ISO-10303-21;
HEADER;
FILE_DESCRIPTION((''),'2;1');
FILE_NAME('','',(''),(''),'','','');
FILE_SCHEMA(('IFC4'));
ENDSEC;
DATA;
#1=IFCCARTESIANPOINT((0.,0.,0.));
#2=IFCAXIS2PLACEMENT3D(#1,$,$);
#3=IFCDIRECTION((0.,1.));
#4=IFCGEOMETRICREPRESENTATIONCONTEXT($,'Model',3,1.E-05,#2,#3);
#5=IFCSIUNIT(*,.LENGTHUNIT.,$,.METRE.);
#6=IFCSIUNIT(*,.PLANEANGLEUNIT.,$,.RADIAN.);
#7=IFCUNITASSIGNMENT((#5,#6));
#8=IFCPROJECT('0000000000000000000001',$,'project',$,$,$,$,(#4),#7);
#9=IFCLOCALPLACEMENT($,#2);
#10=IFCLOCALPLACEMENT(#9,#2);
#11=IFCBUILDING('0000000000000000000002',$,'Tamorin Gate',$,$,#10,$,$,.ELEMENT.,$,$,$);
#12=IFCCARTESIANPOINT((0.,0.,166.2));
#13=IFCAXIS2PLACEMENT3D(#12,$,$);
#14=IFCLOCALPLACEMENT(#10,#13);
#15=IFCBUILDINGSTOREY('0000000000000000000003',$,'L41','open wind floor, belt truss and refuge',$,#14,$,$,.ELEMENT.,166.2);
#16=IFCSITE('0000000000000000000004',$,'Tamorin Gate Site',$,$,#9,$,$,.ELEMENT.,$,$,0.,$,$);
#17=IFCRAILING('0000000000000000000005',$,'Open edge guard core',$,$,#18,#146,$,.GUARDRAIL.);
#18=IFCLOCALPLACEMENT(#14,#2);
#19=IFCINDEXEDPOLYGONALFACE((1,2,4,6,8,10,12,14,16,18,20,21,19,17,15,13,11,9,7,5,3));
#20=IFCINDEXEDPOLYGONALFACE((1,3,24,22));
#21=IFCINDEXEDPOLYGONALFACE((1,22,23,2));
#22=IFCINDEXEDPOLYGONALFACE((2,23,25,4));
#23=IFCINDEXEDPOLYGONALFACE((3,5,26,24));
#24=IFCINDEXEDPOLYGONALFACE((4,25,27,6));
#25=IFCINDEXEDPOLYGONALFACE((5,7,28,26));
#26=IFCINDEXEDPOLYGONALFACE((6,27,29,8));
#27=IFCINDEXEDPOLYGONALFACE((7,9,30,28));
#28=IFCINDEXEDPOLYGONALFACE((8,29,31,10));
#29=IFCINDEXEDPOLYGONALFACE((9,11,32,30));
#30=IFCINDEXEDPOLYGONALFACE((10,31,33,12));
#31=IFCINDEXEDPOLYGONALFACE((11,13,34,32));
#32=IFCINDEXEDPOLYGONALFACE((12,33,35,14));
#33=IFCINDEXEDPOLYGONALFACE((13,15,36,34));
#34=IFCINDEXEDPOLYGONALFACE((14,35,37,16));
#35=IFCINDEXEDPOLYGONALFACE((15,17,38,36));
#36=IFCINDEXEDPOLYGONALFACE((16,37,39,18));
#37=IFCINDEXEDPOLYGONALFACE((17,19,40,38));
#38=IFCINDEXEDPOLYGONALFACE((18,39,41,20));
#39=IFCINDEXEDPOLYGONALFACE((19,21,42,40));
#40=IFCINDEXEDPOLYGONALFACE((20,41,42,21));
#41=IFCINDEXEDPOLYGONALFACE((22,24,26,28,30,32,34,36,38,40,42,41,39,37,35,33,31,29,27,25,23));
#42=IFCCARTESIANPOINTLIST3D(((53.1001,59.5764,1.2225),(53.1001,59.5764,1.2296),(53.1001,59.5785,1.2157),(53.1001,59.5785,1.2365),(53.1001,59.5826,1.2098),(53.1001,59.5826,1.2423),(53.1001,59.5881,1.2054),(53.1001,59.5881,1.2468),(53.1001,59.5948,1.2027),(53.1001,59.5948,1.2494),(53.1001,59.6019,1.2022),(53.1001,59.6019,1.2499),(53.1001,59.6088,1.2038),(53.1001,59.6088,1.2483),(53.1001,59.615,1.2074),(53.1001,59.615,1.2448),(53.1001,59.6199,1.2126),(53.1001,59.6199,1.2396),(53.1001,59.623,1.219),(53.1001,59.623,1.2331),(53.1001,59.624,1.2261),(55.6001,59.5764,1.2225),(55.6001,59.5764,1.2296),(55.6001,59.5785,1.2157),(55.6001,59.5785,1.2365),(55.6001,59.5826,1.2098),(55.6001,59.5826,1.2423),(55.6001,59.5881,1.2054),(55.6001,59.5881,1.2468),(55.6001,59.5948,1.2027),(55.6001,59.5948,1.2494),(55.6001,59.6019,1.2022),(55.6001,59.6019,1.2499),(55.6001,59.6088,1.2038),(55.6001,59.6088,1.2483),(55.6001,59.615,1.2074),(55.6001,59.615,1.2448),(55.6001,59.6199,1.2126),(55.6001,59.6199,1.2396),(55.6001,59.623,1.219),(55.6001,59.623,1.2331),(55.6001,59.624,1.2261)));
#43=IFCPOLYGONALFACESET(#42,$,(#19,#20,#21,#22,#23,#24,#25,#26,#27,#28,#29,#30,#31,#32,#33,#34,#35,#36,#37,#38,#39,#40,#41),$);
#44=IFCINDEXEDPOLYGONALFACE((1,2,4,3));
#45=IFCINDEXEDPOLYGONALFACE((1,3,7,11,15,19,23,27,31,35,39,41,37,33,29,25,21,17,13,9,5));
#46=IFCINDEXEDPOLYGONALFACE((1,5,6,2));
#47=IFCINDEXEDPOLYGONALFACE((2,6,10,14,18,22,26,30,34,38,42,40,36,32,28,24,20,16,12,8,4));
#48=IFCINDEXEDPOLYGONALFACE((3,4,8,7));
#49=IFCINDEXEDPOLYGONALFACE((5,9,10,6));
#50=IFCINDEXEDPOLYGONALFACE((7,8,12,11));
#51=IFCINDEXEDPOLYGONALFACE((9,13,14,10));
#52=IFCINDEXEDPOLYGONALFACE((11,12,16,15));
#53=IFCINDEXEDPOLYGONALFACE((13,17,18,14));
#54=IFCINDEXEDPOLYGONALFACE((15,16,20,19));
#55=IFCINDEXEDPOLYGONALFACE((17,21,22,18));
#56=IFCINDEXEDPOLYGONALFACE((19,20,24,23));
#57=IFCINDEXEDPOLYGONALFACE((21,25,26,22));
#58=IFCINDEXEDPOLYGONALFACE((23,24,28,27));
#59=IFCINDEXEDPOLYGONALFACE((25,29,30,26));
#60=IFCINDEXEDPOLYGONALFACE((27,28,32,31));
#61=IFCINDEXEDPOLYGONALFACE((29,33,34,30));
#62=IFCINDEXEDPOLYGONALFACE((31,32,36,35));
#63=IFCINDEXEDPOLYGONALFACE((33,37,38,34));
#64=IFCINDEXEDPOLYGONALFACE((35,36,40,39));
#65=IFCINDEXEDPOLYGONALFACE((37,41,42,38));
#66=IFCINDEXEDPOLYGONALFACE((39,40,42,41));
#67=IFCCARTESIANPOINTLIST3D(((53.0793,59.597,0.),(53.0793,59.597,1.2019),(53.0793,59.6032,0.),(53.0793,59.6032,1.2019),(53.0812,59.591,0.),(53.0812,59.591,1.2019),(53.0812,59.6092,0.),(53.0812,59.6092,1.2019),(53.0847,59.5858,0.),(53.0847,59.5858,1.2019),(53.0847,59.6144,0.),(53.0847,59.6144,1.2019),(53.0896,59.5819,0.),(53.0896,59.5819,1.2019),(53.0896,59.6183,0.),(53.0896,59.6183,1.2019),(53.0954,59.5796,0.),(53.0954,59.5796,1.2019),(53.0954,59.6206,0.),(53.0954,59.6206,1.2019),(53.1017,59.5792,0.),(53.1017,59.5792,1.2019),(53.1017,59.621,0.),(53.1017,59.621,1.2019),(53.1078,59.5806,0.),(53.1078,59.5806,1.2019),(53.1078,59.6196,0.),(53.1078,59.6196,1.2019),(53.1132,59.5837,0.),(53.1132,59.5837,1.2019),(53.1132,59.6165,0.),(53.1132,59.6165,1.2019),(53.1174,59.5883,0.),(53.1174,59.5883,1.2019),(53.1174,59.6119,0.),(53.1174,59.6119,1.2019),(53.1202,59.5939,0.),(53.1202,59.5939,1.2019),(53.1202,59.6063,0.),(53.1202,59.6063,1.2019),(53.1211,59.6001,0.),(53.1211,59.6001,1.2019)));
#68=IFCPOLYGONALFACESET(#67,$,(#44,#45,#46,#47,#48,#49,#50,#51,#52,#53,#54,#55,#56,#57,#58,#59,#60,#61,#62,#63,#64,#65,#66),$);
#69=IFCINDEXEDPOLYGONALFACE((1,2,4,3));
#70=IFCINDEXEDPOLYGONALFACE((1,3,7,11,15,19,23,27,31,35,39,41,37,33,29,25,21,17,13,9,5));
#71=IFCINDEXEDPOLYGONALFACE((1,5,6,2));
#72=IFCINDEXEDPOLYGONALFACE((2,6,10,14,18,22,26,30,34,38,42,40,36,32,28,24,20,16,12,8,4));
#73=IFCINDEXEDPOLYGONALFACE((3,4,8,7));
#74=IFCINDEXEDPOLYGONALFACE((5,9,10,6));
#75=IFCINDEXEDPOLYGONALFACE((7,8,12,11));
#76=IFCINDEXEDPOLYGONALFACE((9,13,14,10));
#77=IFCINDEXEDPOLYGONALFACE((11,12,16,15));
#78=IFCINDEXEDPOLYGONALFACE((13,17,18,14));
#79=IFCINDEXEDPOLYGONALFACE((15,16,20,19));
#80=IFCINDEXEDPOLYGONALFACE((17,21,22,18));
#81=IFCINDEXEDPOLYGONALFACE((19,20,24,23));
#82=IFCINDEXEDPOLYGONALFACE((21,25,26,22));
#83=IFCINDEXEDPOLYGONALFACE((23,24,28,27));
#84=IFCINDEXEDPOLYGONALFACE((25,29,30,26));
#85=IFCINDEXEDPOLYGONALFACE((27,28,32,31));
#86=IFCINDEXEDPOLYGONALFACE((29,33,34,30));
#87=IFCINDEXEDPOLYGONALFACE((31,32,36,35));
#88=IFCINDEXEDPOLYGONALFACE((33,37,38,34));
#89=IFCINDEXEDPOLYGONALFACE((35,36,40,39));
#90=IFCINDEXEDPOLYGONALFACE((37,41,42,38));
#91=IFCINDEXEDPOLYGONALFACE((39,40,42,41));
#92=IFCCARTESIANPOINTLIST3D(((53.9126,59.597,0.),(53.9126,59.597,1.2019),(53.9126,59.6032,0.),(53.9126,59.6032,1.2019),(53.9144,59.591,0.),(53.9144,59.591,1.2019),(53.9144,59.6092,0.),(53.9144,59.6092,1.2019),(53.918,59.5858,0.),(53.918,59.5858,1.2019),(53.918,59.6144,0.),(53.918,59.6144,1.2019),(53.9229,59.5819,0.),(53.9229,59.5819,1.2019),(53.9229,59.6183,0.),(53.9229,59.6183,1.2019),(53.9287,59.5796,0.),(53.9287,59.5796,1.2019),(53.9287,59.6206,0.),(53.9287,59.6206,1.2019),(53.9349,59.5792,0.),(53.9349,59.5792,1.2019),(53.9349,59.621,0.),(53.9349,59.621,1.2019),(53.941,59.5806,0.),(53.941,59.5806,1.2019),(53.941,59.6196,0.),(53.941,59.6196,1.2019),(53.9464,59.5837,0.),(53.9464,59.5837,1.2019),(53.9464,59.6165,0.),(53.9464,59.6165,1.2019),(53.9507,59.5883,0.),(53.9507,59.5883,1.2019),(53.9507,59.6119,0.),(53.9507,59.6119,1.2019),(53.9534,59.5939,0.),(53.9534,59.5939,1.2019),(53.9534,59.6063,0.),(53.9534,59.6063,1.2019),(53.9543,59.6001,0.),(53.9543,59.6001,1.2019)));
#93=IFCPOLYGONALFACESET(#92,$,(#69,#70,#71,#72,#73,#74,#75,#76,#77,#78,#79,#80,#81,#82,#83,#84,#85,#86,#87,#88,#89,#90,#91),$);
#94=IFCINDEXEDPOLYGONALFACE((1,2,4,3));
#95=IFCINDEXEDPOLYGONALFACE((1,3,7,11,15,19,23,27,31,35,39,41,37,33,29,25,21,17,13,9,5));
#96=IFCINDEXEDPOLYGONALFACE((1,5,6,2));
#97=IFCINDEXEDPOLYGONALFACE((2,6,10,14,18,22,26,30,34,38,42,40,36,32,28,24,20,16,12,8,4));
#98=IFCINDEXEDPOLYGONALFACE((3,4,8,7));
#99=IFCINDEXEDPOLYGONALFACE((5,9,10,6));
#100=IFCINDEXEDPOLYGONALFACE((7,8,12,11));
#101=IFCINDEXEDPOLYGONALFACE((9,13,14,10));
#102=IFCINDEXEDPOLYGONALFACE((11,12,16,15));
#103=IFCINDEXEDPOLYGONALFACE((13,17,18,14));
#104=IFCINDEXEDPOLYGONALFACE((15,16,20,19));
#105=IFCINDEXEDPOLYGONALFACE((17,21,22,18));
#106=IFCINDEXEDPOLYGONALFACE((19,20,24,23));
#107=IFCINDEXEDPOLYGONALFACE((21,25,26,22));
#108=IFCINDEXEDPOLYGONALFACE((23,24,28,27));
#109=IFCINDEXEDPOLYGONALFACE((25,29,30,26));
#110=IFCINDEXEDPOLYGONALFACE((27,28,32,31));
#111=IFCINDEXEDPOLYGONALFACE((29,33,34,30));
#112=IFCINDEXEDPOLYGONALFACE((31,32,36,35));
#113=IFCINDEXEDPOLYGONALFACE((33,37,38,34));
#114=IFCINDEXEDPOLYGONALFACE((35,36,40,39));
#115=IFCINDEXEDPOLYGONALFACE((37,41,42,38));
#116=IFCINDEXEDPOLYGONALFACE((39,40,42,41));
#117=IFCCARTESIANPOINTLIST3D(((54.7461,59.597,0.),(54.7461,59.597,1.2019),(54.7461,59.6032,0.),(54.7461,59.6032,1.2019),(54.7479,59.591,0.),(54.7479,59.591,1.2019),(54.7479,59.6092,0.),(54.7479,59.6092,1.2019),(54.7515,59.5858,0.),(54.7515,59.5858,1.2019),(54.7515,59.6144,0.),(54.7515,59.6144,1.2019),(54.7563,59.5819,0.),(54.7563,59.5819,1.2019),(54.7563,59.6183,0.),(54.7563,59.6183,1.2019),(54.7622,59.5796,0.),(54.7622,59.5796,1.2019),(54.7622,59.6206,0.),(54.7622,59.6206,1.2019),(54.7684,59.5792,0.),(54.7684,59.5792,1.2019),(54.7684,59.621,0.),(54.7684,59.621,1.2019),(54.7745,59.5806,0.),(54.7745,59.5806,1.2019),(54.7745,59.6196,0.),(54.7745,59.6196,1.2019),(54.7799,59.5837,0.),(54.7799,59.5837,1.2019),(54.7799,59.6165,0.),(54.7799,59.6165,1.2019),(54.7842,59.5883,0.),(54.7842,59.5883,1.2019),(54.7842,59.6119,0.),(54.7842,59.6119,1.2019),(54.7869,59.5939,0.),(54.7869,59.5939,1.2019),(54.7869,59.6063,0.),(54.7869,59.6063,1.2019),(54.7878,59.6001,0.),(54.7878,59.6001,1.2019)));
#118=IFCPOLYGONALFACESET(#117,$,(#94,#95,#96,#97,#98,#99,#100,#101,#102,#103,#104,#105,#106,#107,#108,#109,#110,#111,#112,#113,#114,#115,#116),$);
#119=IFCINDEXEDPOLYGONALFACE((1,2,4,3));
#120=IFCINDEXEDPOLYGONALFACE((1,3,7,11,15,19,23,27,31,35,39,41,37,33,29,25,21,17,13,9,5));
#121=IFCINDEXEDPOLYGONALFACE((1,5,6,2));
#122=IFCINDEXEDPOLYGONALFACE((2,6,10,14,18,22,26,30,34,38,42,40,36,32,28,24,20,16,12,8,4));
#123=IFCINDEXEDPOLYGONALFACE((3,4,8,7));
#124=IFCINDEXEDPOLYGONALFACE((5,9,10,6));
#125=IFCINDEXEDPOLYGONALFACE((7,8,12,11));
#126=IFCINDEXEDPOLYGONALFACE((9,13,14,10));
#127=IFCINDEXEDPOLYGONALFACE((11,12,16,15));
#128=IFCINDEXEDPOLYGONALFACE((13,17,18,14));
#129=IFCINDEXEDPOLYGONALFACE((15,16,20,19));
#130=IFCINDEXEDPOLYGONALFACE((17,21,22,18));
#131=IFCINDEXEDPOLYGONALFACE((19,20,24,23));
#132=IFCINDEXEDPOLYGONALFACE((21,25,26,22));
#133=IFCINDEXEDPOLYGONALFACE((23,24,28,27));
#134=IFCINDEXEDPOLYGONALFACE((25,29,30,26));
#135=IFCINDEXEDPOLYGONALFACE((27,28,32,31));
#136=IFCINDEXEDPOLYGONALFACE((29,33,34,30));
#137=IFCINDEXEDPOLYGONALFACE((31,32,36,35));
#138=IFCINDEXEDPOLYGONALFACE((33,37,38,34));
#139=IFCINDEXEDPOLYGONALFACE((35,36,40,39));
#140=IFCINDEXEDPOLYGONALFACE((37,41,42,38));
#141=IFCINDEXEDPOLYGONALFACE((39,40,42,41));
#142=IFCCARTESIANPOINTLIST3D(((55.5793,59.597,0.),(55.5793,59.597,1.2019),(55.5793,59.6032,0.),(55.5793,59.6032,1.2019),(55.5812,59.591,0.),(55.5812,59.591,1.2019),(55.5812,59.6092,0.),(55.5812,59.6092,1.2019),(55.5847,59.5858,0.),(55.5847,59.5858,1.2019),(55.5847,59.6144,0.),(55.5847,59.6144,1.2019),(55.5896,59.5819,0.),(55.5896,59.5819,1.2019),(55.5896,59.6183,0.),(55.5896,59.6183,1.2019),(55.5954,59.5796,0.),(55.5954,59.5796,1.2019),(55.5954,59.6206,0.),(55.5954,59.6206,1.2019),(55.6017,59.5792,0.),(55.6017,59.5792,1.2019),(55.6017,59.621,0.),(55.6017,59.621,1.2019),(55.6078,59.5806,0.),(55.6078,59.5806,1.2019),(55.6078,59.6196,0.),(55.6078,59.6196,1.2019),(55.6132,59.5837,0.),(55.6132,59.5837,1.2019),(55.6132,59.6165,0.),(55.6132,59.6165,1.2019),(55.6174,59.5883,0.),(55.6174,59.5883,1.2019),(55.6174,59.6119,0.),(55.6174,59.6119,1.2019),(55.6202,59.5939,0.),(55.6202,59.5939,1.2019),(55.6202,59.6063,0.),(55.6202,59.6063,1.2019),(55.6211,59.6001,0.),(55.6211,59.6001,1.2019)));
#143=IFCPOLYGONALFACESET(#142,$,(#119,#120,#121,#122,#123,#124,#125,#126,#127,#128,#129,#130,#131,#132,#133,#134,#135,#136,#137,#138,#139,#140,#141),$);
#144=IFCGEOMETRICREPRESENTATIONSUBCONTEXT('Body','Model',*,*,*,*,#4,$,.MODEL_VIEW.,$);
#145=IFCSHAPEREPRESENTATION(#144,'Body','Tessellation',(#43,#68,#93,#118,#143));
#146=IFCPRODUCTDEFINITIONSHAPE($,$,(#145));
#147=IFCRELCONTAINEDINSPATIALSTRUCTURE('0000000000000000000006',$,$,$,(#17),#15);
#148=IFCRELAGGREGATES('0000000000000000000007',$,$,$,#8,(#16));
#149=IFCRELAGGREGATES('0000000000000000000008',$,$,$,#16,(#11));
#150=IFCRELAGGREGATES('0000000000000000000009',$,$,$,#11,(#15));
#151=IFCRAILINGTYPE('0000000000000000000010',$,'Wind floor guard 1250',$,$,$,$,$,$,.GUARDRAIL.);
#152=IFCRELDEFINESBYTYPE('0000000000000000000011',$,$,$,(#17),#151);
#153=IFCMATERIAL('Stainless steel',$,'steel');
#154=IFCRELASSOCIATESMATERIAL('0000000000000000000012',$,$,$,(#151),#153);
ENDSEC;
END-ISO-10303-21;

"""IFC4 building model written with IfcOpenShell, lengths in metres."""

from ifc_helpers import new_model, si_unit, direction, frame, origin, origin_2d, place, context, subcontext, project, spatial, circle, extrude, material, type_object, element, save


model = new_model("IFC4")

# Units and contexts
model_context = context("Model", 3, precision=1e-05, world=origin(), true_north=direction((0.0, 1.0)))
body_context = subcontext(model_context, "Body", "Model", "MODEL_VIEW")
ifc_project = project(units=[si_unit("LENGTHUNIT", "METRE"), si_unit("PLANEANGLEUNIT", "RADIAN")], contexts=[model_context])

# Site, building, storey
site_placement = place(None, origin())
site = spatial("IfcSite", under=ifc_project, at=site_placement, Name="Tamorin Gate Site", CompositionType="ELEMENT", RefElevation=0.0)
building_placement = place(site_placement, origin())
building = spatial("IfcBuilding", under=site, at=building_placement, Name="Tamorin Gate", CompositionType="ELEMENT")
storey_placement = place(building_placement, frame((0.0, 0.0, 166.2)))
storey = spatial("IfcBuildingStorey", under=building, at=storey_placement, Name="L41", Description="open wind floor, belt truss and refuge", CompositionType="ELEMENT", Elevation=166.2)

# Railing
ifc_material_1 = material(Name="Stainless steel", Category="steel")
railing_type_1 = type_object("IfcRailingType", Name="Wind floor guard 1250", PredefinedType="GUARDRAIL", material=ifc_material_1)
railing_1_placement = place(storey_placement, frame((53.1001, 59.6001, 0.0)))
element("IfcRailing", 1, at=railing_1_placement, inside=storey, type_object=railing_type_1, Name="Open edge guard core", PredefinedType="GUARDRAIL", context=body_context, shape_type="SweptSolid", body=[
    extrude(circle(Radius=0.0239, at=origin_2d()), frame((0.0, 0.0, 1.2261), z_axis=(1.0, 0.0, 0.0), x_axis=(0.0, 1.0, 0.0)), (0.0, 0.0, 1.0), 2.5),
    extrude(circle(Radius=0.021, at=origin_2d()), origin(), (0.0, 0.0, 1.0), 1.2019),
    extrude(circle(Radius=0.021, at=origin_2d()), frame((0.8333, 0.0, 0.0)), (0.0, 0.0, 1.0), 1.2019),
    extrude(circle(Radius=0.021, at=origin_2d()), frame((1.6667, 0.0, 0.0)), (0.0, 0.0, 1.0), 1.2019),
    extrude(circle(Radius=0.021, at=origin_2d()), frame((2.5, 0.0, 0.0)), (0.0, 0.0, 1.0), 1.2019),
])

save(model, "model.ifc")
